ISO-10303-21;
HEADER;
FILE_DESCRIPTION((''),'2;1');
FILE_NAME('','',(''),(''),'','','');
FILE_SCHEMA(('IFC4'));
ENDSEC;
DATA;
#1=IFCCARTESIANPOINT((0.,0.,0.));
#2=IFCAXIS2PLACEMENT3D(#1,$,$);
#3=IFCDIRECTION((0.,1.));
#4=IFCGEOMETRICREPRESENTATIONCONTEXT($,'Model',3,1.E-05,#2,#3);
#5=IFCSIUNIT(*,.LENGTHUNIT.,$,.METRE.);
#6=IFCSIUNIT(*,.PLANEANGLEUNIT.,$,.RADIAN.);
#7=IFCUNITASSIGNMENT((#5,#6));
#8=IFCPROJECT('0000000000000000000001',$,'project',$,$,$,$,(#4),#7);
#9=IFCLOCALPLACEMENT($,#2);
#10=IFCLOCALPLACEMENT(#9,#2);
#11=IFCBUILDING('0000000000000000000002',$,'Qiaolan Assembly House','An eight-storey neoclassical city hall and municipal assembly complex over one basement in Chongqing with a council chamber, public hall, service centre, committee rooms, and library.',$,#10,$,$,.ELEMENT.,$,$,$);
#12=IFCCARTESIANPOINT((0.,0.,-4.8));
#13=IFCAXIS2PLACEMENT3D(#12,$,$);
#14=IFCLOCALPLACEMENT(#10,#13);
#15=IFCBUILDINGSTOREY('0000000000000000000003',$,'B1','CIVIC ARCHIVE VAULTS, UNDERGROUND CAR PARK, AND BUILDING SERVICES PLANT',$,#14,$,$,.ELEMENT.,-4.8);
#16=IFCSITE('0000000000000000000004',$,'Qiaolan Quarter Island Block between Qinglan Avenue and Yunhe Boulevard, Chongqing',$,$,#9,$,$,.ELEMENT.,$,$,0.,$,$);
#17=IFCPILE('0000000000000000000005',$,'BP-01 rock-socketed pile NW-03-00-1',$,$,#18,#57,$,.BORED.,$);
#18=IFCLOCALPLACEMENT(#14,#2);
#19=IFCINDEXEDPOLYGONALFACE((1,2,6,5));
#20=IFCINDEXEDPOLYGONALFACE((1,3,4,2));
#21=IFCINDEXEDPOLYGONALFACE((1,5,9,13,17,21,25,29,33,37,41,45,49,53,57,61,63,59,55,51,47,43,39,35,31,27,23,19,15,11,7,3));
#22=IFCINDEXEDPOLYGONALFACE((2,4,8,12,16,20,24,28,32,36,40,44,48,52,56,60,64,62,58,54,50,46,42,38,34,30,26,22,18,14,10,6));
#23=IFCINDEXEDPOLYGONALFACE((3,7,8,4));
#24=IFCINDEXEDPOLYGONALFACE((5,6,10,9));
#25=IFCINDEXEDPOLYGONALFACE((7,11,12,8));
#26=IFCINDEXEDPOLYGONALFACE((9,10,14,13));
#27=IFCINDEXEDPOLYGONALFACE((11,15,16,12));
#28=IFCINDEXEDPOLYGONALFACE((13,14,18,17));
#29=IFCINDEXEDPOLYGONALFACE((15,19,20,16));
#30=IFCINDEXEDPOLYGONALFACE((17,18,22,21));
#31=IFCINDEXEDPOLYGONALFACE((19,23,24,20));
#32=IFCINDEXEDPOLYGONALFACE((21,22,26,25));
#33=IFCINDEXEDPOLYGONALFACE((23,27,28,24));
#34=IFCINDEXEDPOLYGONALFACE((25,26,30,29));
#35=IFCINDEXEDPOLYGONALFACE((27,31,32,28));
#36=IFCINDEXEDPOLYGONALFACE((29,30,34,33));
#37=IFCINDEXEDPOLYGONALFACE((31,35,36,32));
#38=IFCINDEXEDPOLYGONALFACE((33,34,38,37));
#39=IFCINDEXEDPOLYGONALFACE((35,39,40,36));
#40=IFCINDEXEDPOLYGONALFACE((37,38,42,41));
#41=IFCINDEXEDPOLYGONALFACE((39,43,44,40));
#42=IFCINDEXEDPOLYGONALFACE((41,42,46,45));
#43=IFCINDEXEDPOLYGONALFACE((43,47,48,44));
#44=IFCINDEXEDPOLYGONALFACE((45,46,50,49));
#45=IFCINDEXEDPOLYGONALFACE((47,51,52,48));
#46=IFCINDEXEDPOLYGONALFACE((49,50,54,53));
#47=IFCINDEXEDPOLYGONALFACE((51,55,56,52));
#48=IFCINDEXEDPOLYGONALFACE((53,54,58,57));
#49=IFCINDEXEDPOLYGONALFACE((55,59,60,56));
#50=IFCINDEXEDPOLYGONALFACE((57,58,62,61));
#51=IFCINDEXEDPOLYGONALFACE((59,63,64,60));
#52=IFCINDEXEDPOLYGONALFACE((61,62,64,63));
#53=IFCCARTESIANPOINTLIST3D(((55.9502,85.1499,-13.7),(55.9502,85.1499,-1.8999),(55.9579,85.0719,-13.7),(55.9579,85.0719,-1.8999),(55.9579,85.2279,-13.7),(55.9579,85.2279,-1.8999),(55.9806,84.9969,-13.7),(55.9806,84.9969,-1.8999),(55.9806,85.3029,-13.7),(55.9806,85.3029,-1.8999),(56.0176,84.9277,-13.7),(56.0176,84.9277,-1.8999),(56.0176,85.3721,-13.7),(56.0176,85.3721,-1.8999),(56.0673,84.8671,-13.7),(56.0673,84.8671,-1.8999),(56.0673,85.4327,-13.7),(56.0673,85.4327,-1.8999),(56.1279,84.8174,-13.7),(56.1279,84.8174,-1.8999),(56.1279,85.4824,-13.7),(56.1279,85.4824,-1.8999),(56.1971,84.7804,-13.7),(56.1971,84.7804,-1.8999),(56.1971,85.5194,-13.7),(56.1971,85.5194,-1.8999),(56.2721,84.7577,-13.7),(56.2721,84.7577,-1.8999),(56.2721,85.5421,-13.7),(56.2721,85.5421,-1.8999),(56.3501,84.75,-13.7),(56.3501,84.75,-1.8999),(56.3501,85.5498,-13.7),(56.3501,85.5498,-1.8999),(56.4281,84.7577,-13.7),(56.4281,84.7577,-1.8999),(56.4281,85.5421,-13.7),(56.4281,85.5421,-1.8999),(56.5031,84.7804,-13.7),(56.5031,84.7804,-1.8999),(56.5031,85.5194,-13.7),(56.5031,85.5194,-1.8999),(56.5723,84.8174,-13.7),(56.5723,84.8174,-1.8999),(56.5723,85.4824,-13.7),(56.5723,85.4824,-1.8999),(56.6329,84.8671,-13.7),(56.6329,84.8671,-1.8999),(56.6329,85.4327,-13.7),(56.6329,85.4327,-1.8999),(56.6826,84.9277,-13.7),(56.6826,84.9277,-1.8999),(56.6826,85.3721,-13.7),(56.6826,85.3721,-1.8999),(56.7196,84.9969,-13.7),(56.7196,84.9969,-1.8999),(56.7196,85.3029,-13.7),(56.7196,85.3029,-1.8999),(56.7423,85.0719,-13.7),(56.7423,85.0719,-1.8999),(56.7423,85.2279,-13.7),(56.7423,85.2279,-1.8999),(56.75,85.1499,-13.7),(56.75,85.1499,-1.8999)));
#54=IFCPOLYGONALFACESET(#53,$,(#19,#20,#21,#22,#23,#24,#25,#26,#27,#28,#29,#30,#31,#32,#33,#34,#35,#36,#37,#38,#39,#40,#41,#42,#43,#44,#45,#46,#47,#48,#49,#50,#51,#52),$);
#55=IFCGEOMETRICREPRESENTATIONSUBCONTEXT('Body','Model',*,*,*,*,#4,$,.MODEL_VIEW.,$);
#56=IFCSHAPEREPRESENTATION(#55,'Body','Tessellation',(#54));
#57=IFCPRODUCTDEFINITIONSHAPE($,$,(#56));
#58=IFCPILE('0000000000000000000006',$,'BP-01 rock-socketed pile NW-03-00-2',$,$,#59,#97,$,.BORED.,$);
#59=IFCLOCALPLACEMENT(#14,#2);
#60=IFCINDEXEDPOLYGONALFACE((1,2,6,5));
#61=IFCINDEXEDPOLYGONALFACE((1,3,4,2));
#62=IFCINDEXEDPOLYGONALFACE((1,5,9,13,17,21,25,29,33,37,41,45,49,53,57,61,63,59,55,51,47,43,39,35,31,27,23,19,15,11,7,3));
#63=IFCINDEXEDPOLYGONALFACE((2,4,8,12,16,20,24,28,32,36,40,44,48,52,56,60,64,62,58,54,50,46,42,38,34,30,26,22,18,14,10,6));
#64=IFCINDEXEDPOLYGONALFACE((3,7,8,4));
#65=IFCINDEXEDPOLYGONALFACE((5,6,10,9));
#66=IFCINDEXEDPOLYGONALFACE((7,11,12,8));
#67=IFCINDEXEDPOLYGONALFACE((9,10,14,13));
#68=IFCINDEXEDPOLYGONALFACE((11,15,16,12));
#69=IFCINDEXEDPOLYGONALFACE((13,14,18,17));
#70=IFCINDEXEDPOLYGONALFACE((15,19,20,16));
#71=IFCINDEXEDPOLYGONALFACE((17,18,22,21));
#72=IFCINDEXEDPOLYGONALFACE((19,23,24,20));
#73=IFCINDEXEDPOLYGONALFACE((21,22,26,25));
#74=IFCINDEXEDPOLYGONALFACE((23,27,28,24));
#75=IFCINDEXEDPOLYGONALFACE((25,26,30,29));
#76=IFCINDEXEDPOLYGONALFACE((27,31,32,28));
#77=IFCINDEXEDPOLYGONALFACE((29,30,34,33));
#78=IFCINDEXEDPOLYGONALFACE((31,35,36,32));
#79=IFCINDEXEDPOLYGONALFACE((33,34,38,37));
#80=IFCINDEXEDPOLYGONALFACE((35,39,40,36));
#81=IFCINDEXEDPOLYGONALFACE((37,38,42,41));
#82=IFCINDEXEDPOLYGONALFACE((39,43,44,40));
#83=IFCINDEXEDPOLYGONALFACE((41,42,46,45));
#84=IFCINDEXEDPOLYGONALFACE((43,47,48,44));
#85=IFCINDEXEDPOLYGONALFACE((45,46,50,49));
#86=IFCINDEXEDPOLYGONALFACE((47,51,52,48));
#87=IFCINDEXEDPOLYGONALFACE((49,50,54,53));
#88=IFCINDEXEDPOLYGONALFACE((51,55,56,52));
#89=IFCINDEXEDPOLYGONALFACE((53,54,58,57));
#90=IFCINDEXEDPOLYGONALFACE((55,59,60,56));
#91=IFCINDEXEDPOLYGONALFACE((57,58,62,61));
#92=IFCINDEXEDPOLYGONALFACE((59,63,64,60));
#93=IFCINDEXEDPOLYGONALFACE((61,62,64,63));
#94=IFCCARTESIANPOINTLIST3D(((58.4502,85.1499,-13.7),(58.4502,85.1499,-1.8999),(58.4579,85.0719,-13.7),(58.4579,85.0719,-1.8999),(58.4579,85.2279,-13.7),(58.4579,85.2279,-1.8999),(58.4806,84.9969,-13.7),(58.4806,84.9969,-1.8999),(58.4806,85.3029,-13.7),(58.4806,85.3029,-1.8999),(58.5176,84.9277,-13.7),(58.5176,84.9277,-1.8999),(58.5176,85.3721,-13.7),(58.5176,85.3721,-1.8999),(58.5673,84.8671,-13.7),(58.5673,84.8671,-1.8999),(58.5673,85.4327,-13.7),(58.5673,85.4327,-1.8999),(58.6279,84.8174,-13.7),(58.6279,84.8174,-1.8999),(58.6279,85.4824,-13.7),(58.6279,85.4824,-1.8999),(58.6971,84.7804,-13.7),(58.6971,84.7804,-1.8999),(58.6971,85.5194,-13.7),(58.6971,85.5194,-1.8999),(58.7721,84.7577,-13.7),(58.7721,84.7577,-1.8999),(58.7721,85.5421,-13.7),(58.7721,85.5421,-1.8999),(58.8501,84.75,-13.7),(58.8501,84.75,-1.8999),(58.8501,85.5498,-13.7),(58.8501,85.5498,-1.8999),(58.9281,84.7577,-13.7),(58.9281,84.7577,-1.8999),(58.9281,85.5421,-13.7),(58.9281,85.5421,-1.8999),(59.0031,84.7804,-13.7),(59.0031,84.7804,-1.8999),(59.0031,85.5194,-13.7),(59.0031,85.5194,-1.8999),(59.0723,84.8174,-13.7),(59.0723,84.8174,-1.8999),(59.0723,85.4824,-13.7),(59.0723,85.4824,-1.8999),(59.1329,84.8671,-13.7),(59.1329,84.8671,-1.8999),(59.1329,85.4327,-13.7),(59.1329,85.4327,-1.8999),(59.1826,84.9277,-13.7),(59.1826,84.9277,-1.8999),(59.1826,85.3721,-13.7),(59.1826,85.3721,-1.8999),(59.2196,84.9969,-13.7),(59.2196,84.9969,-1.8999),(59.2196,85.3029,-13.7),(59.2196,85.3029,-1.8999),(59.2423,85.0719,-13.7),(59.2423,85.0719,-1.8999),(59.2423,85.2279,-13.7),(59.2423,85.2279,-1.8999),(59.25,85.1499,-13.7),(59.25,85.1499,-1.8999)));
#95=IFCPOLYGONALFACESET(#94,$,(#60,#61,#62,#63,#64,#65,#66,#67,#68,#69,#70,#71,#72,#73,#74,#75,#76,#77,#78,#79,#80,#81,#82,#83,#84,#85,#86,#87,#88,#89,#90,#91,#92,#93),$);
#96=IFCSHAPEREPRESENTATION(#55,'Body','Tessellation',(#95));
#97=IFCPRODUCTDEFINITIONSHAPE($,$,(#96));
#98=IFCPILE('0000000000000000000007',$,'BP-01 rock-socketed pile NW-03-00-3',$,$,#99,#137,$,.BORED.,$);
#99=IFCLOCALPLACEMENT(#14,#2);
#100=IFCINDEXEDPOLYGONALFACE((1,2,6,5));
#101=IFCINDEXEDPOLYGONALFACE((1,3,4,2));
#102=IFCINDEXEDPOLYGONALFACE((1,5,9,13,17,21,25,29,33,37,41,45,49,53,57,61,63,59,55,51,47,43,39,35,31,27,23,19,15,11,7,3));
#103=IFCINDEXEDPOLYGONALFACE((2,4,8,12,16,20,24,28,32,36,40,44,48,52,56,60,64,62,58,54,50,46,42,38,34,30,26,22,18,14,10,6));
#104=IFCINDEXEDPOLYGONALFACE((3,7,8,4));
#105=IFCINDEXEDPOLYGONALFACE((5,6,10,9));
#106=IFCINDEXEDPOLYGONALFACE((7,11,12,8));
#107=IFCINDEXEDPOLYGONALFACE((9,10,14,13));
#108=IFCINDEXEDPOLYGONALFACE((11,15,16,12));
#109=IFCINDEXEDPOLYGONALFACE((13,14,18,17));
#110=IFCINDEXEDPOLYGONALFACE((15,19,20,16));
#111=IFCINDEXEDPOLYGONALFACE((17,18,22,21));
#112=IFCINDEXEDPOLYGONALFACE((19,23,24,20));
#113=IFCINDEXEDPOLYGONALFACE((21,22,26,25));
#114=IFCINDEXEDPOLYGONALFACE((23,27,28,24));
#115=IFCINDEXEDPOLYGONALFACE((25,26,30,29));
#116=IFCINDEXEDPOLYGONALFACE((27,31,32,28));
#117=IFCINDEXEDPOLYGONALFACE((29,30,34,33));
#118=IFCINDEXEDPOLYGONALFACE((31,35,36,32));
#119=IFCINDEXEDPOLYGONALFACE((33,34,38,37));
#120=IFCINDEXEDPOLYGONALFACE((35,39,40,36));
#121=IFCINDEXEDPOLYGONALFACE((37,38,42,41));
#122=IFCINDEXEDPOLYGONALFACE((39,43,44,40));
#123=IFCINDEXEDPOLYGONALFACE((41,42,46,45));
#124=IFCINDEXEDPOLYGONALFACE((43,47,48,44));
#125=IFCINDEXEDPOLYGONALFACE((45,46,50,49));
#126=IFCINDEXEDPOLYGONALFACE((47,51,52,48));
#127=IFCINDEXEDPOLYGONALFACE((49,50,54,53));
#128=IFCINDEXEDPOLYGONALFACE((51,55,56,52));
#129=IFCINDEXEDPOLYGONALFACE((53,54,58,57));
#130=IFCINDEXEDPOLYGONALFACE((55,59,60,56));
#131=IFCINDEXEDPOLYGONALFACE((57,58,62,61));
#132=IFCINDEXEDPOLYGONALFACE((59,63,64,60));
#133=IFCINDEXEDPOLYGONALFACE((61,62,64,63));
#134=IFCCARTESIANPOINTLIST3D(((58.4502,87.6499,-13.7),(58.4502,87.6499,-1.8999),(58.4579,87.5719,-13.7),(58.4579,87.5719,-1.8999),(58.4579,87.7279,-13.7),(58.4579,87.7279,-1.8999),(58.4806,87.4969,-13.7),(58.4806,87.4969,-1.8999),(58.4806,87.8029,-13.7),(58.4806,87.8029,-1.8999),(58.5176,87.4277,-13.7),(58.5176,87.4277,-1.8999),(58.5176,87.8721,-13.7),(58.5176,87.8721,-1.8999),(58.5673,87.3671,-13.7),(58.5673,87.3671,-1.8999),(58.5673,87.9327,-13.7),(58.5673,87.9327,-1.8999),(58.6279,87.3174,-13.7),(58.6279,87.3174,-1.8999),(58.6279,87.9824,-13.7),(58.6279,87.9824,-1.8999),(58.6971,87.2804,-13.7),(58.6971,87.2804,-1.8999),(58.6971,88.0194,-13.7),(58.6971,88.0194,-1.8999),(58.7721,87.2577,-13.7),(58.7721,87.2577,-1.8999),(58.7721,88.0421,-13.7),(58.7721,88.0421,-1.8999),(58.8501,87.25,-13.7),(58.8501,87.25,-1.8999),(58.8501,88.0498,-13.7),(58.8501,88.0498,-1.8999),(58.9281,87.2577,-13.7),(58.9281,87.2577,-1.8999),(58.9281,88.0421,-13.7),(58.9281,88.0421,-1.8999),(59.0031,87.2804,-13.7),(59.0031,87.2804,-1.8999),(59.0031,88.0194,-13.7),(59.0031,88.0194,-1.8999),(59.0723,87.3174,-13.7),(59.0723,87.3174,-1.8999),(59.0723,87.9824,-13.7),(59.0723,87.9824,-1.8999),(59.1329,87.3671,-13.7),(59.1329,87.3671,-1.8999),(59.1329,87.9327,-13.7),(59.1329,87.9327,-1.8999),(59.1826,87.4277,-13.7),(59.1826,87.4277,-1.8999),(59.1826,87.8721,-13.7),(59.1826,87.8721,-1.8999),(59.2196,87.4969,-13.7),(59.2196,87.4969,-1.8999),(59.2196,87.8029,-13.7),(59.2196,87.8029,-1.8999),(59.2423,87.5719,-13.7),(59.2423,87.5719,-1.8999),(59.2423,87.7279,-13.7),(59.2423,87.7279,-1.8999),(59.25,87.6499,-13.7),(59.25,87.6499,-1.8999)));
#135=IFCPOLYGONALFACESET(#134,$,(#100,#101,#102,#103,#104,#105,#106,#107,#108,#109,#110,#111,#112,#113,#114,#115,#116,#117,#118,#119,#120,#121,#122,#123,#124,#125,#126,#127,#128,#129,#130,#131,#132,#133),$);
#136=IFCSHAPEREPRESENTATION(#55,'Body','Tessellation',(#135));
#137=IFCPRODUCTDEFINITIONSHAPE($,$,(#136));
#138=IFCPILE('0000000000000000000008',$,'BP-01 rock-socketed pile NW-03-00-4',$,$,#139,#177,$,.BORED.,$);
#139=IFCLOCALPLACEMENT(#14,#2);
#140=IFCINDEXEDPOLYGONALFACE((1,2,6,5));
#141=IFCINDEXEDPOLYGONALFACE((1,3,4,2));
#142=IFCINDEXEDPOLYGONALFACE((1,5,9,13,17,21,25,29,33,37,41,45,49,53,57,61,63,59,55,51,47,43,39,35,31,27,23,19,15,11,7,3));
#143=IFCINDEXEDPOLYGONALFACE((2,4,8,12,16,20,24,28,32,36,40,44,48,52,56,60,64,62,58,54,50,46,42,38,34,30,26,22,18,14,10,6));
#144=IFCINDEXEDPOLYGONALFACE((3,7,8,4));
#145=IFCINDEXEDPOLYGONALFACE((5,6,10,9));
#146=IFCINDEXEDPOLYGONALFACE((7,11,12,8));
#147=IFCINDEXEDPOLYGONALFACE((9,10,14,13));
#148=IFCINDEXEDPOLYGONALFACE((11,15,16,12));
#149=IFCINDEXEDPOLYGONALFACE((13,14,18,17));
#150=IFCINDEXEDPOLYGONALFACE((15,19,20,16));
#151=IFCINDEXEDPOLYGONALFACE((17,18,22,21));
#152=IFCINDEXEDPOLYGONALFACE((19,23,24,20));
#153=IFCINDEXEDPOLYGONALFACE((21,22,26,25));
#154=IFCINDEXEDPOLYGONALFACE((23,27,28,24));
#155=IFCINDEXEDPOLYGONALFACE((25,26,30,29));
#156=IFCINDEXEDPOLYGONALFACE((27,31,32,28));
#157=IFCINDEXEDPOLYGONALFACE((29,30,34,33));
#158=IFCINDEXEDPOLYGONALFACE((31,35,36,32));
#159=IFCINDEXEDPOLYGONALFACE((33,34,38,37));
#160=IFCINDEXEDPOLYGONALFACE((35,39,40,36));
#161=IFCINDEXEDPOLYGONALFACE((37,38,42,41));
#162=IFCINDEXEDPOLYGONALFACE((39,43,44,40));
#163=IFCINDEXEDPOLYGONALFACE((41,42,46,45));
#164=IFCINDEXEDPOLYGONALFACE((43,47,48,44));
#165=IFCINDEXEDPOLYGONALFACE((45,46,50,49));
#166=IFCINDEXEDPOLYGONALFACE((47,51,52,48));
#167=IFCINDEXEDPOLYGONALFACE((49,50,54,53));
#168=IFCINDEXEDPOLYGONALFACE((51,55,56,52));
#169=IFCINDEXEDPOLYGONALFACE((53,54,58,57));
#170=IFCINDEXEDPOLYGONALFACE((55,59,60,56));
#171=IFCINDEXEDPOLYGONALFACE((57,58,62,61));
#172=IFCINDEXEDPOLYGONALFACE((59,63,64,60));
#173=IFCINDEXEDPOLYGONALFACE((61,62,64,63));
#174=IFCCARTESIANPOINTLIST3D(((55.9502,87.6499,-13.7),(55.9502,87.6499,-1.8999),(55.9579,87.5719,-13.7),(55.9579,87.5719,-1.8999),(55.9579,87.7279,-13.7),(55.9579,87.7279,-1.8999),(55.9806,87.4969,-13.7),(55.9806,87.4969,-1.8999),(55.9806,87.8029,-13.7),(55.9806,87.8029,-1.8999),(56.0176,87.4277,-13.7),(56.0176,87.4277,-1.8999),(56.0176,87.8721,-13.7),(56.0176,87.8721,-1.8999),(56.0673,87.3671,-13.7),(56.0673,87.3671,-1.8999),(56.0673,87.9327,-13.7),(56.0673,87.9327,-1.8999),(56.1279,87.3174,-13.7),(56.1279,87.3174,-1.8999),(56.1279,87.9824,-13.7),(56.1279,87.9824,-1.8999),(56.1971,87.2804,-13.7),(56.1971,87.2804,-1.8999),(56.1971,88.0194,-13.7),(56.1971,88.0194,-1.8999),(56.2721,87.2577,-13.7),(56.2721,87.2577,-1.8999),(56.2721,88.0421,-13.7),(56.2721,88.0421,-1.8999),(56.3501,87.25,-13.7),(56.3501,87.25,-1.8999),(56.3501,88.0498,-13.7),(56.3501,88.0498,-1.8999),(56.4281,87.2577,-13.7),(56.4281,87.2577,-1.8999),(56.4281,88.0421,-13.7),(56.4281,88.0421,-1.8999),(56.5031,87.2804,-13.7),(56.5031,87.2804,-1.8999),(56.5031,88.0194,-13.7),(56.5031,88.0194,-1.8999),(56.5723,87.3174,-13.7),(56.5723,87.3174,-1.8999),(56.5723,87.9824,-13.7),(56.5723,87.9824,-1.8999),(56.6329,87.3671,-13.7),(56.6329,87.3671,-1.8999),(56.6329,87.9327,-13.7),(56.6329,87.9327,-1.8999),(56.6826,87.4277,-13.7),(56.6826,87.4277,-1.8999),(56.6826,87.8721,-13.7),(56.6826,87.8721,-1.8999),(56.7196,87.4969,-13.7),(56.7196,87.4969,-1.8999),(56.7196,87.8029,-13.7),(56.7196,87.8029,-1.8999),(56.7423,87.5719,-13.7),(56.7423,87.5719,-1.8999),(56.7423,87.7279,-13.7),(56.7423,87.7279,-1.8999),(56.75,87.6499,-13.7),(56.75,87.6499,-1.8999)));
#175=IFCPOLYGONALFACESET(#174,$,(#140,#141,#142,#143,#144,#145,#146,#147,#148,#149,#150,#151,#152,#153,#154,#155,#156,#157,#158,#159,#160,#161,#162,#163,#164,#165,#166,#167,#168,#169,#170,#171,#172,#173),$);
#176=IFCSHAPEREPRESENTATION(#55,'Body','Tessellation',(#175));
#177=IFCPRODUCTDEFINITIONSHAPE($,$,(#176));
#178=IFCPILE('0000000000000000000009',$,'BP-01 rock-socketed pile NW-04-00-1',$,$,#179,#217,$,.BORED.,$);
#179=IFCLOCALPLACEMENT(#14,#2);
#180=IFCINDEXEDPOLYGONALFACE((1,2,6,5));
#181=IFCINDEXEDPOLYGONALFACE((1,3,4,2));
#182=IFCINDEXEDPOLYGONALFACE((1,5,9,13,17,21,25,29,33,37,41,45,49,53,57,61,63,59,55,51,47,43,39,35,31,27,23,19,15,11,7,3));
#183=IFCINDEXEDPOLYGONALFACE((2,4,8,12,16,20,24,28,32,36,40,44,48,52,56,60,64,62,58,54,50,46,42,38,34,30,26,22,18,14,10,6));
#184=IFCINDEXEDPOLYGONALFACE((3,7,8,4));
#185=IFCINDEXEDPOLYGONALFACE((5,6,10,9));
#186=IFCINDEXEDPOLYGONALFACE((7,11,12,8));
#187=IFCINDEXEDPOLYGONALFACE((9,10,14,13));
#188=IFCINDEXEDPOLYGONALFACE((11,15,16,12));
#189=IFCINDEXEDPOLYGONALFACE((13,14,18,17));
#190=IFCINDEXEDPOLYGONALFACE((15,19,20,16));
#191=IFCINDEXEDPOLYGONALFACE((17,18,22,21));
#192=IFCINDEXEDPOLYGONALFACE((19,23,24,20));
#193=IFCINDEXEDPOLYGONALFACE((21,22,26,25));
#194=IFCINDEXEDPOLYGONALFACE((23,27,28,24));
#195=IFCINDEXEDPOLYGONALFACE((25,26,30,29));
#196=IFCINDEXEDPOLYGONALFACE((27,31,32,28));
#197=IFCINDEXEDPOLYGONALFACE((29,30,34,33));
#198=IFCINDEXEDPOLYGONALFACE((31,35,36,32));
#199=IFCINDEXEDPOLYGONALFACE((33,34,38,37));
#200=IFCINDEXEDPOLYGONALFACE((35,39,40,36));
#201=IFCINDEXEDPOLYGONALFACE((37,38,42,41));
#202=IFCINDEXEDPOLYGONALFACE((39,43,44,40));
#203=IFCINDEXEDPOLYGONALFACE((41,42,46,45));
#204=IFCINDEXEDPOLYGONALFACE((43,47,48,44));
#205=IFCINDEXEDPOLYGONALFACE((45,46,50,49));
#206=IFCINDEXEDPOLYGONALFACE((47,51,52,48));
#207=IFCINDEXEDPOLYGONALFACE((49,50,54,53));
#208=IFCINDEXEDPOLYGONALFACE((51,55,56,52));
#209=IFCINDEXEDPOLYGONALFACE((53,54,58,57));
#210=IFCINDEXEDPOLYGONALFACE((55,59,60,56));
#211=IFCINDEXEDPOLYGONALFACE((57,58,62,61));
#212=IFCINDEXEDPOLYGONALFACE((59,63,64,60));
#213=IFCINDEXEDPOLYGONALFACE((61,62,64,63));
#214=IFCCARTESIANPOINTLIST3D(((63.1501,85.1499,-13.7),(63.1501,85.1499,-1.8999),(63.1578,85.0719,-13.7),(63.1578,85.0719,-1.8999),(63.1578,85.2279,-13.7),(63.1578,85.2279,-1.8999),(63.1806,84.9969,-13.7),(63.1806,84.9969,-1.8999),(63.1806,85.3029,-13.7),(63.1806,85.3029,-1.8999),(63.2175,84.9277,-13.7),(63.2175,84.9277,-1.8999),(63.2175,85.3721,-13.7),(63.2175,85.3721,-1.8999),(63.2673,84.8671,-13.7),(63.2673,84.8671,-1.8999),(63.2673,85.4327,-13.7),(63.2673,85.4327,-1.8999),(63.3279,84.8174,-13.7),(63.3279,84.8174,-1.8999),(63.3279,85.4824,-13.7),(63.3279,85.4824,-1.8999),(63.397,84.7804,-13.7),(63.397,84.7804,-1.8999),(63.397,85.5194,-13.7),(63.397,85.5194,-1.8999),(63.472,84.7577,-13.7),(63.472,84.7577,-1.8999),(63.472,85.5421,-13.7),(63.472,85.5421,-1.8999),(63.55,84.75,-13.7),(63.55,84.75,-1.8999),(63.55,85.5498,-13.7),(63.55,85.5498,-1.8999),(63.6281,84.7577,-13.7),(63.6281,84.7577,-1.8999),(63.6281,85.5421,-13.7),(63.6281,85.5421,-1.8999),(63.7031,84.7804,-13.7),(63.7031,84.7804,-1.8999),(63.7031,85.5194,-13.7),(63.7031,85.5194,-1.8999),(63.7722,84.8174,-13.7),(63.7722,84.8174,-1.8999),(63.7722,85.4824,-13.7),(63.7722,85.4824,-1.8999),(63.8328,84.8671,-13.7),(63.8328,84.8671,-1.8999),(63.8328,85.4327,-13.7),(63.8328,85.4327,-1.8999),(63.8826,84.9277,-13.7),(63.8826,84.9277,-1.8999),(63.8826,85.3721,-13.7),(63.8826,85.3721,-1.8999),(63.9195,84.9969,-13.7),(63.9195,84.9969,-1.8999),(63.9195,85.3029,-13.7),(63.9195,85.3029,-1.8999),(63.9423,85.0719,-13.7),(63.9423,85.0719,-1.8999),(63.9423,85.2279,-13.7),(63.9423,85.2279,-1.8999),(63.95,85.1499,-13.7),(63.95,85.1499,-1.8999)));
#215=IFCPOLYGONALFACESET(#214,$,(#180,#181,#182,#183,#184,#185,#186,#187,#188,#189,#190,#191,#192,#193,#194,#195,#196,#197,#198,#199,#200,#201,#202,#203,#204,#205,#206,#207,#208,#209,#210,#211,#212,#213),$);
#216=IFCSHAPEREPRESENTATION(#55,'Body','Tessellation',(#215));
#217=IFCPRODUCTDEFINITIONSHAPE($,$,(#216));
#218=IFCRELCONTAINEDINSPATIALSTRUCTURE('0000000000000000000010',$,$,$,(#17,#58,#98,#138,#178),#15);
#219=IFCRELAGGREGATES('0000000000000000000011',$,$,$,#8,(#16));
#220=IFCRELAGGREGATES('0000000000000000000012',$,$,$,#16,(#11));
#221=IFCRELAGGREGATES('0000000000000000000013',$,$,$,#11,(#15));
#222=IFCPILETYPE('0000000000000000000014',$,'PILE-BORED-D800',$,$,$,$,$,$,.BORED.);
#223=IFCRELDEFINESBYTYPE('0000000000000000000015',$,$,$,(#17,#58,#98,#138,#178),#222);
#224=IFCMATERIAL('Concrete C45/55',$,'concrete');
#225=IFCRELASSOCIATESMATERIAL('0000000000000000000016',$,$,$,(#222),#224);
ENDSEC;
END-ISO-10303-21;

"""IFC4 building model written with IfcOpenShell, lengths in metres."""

from ifc_helpers import new_model, si_unit, direction, frame, origin, origin_2d, place, context, subcontext, project, spatial, circle, extrude, material, material_profile, profile_set, type_object, element, save


model = new_model("IFC4")

# Units and contexts
model_context = context("Model", 3, precision=1e-05, world=origin(), true_north=direction((0.0, 1.0)))
body_context = subcontext(model_context, "Body", "Model", "MODEL_VIEW")
ifc_project = project(units=[si_unit("LENGTHUNIT", "METRE"), si_unit("PLANEANGLEUNIT", "RADIAN")], contexts=[model_context])

# Site, building, storey
site_placement = place(None, origin())
site = spatial("IfcSite", under=ifc_project, at=site_placement, Name="Qiaolan Quarter Island Block between Qinglan Avenue and Yunhe Boulevard, Chongqing", CompositionType="ELEMENT", RefElevation=0.0)
building_placement = place(site_placement, origin())
building = spatial("IfcBuilding", under=site, at=building_placement, Name="Qiaolan Assembly House", Description="An eight-storey neoclassical city hall and municipal assembly complex over one basement in Chongqing with a council chamber, public hall, service centre, committee rooms, and library.", CompositionType="ELEMENT")
storey_placement = place(building_placement, frame((0.0, 0.0, -4.8)))
storey = spatial("IfcBuildingStorey", under=building, at=storey_placement, Name="B1", Description="CIVIC ARCHIVE VAULTS, UNDERGROUND CAR PARK, AND BUILDING SERVICES PLANT", CompositionType="ELEMENT", Elevation=-4.8)

# Piles
ifc_material_1 = material(Name="Concrete C45/55", Category="concrete")
ifc_material_profile_1 = material_profile(ifc_material_1, circle(Radius=0.3999, at=origin_2d()), Name="PILE D800")
ifc_profile_set_1 = profile_set([ifc_material_profile_1], Name="Concrete C45/55")
pile_type_1 = type_object("IfcPileType", Name="PILE-BORED-D800", PredefinedType="BORED", material=ifc_profile_set_1)
for number, where, z_axis, x_axis, name in (
    (1, (56.3501, 85.1499, -1.8999), (0.0, 0.0, -1.0), (1.0, 0.0, 0.0), "BP-01 rock-socketed pile NW-03-00-1"),
    (2, (58.8501, 85.1499, -1.8999), (0.0, 0.0, -1.0), (1.0, 0.0, 0.0), "BP-01 rock-socketed pile NW-03-00-2"),
    (3, (58.8501, 87.6499, -1.8999), (0.0, 0.0, -1.0), (1.0, 0.0, 0.0), "BP-01 rock-socketed pile NW-03-00-3"),
    (4, (56.3501, 87.6499, -1.8999), (0.0, 0.0, -1.0), (1.0, 0.0, 0.0), "BP-01 rock-socketed pile NW-03-00-4"),
    (5, (63.55, 85.1499, -1.8999), (0.0, 0.0, -1.0), (1.0, 0.0, 0.0), "BP-01 rock-socketed pile NW-04-00-1"),
):
    element("IfcPile", number, at=place(storey_placement, frame(where, z_axis=z_axis, x_axis=x_axis)), inside=storey, type_object=pile_type_1, Name=name, PredefinedType="BORED", context=body_context, shape_type="SweptSolid", body=[
        extrude(circle(Radius=0.3999, at=origin_2d()), origin(), (0.0, 0.0, 1.0), 11.8),
    ])

save(model, "model.ifc")
